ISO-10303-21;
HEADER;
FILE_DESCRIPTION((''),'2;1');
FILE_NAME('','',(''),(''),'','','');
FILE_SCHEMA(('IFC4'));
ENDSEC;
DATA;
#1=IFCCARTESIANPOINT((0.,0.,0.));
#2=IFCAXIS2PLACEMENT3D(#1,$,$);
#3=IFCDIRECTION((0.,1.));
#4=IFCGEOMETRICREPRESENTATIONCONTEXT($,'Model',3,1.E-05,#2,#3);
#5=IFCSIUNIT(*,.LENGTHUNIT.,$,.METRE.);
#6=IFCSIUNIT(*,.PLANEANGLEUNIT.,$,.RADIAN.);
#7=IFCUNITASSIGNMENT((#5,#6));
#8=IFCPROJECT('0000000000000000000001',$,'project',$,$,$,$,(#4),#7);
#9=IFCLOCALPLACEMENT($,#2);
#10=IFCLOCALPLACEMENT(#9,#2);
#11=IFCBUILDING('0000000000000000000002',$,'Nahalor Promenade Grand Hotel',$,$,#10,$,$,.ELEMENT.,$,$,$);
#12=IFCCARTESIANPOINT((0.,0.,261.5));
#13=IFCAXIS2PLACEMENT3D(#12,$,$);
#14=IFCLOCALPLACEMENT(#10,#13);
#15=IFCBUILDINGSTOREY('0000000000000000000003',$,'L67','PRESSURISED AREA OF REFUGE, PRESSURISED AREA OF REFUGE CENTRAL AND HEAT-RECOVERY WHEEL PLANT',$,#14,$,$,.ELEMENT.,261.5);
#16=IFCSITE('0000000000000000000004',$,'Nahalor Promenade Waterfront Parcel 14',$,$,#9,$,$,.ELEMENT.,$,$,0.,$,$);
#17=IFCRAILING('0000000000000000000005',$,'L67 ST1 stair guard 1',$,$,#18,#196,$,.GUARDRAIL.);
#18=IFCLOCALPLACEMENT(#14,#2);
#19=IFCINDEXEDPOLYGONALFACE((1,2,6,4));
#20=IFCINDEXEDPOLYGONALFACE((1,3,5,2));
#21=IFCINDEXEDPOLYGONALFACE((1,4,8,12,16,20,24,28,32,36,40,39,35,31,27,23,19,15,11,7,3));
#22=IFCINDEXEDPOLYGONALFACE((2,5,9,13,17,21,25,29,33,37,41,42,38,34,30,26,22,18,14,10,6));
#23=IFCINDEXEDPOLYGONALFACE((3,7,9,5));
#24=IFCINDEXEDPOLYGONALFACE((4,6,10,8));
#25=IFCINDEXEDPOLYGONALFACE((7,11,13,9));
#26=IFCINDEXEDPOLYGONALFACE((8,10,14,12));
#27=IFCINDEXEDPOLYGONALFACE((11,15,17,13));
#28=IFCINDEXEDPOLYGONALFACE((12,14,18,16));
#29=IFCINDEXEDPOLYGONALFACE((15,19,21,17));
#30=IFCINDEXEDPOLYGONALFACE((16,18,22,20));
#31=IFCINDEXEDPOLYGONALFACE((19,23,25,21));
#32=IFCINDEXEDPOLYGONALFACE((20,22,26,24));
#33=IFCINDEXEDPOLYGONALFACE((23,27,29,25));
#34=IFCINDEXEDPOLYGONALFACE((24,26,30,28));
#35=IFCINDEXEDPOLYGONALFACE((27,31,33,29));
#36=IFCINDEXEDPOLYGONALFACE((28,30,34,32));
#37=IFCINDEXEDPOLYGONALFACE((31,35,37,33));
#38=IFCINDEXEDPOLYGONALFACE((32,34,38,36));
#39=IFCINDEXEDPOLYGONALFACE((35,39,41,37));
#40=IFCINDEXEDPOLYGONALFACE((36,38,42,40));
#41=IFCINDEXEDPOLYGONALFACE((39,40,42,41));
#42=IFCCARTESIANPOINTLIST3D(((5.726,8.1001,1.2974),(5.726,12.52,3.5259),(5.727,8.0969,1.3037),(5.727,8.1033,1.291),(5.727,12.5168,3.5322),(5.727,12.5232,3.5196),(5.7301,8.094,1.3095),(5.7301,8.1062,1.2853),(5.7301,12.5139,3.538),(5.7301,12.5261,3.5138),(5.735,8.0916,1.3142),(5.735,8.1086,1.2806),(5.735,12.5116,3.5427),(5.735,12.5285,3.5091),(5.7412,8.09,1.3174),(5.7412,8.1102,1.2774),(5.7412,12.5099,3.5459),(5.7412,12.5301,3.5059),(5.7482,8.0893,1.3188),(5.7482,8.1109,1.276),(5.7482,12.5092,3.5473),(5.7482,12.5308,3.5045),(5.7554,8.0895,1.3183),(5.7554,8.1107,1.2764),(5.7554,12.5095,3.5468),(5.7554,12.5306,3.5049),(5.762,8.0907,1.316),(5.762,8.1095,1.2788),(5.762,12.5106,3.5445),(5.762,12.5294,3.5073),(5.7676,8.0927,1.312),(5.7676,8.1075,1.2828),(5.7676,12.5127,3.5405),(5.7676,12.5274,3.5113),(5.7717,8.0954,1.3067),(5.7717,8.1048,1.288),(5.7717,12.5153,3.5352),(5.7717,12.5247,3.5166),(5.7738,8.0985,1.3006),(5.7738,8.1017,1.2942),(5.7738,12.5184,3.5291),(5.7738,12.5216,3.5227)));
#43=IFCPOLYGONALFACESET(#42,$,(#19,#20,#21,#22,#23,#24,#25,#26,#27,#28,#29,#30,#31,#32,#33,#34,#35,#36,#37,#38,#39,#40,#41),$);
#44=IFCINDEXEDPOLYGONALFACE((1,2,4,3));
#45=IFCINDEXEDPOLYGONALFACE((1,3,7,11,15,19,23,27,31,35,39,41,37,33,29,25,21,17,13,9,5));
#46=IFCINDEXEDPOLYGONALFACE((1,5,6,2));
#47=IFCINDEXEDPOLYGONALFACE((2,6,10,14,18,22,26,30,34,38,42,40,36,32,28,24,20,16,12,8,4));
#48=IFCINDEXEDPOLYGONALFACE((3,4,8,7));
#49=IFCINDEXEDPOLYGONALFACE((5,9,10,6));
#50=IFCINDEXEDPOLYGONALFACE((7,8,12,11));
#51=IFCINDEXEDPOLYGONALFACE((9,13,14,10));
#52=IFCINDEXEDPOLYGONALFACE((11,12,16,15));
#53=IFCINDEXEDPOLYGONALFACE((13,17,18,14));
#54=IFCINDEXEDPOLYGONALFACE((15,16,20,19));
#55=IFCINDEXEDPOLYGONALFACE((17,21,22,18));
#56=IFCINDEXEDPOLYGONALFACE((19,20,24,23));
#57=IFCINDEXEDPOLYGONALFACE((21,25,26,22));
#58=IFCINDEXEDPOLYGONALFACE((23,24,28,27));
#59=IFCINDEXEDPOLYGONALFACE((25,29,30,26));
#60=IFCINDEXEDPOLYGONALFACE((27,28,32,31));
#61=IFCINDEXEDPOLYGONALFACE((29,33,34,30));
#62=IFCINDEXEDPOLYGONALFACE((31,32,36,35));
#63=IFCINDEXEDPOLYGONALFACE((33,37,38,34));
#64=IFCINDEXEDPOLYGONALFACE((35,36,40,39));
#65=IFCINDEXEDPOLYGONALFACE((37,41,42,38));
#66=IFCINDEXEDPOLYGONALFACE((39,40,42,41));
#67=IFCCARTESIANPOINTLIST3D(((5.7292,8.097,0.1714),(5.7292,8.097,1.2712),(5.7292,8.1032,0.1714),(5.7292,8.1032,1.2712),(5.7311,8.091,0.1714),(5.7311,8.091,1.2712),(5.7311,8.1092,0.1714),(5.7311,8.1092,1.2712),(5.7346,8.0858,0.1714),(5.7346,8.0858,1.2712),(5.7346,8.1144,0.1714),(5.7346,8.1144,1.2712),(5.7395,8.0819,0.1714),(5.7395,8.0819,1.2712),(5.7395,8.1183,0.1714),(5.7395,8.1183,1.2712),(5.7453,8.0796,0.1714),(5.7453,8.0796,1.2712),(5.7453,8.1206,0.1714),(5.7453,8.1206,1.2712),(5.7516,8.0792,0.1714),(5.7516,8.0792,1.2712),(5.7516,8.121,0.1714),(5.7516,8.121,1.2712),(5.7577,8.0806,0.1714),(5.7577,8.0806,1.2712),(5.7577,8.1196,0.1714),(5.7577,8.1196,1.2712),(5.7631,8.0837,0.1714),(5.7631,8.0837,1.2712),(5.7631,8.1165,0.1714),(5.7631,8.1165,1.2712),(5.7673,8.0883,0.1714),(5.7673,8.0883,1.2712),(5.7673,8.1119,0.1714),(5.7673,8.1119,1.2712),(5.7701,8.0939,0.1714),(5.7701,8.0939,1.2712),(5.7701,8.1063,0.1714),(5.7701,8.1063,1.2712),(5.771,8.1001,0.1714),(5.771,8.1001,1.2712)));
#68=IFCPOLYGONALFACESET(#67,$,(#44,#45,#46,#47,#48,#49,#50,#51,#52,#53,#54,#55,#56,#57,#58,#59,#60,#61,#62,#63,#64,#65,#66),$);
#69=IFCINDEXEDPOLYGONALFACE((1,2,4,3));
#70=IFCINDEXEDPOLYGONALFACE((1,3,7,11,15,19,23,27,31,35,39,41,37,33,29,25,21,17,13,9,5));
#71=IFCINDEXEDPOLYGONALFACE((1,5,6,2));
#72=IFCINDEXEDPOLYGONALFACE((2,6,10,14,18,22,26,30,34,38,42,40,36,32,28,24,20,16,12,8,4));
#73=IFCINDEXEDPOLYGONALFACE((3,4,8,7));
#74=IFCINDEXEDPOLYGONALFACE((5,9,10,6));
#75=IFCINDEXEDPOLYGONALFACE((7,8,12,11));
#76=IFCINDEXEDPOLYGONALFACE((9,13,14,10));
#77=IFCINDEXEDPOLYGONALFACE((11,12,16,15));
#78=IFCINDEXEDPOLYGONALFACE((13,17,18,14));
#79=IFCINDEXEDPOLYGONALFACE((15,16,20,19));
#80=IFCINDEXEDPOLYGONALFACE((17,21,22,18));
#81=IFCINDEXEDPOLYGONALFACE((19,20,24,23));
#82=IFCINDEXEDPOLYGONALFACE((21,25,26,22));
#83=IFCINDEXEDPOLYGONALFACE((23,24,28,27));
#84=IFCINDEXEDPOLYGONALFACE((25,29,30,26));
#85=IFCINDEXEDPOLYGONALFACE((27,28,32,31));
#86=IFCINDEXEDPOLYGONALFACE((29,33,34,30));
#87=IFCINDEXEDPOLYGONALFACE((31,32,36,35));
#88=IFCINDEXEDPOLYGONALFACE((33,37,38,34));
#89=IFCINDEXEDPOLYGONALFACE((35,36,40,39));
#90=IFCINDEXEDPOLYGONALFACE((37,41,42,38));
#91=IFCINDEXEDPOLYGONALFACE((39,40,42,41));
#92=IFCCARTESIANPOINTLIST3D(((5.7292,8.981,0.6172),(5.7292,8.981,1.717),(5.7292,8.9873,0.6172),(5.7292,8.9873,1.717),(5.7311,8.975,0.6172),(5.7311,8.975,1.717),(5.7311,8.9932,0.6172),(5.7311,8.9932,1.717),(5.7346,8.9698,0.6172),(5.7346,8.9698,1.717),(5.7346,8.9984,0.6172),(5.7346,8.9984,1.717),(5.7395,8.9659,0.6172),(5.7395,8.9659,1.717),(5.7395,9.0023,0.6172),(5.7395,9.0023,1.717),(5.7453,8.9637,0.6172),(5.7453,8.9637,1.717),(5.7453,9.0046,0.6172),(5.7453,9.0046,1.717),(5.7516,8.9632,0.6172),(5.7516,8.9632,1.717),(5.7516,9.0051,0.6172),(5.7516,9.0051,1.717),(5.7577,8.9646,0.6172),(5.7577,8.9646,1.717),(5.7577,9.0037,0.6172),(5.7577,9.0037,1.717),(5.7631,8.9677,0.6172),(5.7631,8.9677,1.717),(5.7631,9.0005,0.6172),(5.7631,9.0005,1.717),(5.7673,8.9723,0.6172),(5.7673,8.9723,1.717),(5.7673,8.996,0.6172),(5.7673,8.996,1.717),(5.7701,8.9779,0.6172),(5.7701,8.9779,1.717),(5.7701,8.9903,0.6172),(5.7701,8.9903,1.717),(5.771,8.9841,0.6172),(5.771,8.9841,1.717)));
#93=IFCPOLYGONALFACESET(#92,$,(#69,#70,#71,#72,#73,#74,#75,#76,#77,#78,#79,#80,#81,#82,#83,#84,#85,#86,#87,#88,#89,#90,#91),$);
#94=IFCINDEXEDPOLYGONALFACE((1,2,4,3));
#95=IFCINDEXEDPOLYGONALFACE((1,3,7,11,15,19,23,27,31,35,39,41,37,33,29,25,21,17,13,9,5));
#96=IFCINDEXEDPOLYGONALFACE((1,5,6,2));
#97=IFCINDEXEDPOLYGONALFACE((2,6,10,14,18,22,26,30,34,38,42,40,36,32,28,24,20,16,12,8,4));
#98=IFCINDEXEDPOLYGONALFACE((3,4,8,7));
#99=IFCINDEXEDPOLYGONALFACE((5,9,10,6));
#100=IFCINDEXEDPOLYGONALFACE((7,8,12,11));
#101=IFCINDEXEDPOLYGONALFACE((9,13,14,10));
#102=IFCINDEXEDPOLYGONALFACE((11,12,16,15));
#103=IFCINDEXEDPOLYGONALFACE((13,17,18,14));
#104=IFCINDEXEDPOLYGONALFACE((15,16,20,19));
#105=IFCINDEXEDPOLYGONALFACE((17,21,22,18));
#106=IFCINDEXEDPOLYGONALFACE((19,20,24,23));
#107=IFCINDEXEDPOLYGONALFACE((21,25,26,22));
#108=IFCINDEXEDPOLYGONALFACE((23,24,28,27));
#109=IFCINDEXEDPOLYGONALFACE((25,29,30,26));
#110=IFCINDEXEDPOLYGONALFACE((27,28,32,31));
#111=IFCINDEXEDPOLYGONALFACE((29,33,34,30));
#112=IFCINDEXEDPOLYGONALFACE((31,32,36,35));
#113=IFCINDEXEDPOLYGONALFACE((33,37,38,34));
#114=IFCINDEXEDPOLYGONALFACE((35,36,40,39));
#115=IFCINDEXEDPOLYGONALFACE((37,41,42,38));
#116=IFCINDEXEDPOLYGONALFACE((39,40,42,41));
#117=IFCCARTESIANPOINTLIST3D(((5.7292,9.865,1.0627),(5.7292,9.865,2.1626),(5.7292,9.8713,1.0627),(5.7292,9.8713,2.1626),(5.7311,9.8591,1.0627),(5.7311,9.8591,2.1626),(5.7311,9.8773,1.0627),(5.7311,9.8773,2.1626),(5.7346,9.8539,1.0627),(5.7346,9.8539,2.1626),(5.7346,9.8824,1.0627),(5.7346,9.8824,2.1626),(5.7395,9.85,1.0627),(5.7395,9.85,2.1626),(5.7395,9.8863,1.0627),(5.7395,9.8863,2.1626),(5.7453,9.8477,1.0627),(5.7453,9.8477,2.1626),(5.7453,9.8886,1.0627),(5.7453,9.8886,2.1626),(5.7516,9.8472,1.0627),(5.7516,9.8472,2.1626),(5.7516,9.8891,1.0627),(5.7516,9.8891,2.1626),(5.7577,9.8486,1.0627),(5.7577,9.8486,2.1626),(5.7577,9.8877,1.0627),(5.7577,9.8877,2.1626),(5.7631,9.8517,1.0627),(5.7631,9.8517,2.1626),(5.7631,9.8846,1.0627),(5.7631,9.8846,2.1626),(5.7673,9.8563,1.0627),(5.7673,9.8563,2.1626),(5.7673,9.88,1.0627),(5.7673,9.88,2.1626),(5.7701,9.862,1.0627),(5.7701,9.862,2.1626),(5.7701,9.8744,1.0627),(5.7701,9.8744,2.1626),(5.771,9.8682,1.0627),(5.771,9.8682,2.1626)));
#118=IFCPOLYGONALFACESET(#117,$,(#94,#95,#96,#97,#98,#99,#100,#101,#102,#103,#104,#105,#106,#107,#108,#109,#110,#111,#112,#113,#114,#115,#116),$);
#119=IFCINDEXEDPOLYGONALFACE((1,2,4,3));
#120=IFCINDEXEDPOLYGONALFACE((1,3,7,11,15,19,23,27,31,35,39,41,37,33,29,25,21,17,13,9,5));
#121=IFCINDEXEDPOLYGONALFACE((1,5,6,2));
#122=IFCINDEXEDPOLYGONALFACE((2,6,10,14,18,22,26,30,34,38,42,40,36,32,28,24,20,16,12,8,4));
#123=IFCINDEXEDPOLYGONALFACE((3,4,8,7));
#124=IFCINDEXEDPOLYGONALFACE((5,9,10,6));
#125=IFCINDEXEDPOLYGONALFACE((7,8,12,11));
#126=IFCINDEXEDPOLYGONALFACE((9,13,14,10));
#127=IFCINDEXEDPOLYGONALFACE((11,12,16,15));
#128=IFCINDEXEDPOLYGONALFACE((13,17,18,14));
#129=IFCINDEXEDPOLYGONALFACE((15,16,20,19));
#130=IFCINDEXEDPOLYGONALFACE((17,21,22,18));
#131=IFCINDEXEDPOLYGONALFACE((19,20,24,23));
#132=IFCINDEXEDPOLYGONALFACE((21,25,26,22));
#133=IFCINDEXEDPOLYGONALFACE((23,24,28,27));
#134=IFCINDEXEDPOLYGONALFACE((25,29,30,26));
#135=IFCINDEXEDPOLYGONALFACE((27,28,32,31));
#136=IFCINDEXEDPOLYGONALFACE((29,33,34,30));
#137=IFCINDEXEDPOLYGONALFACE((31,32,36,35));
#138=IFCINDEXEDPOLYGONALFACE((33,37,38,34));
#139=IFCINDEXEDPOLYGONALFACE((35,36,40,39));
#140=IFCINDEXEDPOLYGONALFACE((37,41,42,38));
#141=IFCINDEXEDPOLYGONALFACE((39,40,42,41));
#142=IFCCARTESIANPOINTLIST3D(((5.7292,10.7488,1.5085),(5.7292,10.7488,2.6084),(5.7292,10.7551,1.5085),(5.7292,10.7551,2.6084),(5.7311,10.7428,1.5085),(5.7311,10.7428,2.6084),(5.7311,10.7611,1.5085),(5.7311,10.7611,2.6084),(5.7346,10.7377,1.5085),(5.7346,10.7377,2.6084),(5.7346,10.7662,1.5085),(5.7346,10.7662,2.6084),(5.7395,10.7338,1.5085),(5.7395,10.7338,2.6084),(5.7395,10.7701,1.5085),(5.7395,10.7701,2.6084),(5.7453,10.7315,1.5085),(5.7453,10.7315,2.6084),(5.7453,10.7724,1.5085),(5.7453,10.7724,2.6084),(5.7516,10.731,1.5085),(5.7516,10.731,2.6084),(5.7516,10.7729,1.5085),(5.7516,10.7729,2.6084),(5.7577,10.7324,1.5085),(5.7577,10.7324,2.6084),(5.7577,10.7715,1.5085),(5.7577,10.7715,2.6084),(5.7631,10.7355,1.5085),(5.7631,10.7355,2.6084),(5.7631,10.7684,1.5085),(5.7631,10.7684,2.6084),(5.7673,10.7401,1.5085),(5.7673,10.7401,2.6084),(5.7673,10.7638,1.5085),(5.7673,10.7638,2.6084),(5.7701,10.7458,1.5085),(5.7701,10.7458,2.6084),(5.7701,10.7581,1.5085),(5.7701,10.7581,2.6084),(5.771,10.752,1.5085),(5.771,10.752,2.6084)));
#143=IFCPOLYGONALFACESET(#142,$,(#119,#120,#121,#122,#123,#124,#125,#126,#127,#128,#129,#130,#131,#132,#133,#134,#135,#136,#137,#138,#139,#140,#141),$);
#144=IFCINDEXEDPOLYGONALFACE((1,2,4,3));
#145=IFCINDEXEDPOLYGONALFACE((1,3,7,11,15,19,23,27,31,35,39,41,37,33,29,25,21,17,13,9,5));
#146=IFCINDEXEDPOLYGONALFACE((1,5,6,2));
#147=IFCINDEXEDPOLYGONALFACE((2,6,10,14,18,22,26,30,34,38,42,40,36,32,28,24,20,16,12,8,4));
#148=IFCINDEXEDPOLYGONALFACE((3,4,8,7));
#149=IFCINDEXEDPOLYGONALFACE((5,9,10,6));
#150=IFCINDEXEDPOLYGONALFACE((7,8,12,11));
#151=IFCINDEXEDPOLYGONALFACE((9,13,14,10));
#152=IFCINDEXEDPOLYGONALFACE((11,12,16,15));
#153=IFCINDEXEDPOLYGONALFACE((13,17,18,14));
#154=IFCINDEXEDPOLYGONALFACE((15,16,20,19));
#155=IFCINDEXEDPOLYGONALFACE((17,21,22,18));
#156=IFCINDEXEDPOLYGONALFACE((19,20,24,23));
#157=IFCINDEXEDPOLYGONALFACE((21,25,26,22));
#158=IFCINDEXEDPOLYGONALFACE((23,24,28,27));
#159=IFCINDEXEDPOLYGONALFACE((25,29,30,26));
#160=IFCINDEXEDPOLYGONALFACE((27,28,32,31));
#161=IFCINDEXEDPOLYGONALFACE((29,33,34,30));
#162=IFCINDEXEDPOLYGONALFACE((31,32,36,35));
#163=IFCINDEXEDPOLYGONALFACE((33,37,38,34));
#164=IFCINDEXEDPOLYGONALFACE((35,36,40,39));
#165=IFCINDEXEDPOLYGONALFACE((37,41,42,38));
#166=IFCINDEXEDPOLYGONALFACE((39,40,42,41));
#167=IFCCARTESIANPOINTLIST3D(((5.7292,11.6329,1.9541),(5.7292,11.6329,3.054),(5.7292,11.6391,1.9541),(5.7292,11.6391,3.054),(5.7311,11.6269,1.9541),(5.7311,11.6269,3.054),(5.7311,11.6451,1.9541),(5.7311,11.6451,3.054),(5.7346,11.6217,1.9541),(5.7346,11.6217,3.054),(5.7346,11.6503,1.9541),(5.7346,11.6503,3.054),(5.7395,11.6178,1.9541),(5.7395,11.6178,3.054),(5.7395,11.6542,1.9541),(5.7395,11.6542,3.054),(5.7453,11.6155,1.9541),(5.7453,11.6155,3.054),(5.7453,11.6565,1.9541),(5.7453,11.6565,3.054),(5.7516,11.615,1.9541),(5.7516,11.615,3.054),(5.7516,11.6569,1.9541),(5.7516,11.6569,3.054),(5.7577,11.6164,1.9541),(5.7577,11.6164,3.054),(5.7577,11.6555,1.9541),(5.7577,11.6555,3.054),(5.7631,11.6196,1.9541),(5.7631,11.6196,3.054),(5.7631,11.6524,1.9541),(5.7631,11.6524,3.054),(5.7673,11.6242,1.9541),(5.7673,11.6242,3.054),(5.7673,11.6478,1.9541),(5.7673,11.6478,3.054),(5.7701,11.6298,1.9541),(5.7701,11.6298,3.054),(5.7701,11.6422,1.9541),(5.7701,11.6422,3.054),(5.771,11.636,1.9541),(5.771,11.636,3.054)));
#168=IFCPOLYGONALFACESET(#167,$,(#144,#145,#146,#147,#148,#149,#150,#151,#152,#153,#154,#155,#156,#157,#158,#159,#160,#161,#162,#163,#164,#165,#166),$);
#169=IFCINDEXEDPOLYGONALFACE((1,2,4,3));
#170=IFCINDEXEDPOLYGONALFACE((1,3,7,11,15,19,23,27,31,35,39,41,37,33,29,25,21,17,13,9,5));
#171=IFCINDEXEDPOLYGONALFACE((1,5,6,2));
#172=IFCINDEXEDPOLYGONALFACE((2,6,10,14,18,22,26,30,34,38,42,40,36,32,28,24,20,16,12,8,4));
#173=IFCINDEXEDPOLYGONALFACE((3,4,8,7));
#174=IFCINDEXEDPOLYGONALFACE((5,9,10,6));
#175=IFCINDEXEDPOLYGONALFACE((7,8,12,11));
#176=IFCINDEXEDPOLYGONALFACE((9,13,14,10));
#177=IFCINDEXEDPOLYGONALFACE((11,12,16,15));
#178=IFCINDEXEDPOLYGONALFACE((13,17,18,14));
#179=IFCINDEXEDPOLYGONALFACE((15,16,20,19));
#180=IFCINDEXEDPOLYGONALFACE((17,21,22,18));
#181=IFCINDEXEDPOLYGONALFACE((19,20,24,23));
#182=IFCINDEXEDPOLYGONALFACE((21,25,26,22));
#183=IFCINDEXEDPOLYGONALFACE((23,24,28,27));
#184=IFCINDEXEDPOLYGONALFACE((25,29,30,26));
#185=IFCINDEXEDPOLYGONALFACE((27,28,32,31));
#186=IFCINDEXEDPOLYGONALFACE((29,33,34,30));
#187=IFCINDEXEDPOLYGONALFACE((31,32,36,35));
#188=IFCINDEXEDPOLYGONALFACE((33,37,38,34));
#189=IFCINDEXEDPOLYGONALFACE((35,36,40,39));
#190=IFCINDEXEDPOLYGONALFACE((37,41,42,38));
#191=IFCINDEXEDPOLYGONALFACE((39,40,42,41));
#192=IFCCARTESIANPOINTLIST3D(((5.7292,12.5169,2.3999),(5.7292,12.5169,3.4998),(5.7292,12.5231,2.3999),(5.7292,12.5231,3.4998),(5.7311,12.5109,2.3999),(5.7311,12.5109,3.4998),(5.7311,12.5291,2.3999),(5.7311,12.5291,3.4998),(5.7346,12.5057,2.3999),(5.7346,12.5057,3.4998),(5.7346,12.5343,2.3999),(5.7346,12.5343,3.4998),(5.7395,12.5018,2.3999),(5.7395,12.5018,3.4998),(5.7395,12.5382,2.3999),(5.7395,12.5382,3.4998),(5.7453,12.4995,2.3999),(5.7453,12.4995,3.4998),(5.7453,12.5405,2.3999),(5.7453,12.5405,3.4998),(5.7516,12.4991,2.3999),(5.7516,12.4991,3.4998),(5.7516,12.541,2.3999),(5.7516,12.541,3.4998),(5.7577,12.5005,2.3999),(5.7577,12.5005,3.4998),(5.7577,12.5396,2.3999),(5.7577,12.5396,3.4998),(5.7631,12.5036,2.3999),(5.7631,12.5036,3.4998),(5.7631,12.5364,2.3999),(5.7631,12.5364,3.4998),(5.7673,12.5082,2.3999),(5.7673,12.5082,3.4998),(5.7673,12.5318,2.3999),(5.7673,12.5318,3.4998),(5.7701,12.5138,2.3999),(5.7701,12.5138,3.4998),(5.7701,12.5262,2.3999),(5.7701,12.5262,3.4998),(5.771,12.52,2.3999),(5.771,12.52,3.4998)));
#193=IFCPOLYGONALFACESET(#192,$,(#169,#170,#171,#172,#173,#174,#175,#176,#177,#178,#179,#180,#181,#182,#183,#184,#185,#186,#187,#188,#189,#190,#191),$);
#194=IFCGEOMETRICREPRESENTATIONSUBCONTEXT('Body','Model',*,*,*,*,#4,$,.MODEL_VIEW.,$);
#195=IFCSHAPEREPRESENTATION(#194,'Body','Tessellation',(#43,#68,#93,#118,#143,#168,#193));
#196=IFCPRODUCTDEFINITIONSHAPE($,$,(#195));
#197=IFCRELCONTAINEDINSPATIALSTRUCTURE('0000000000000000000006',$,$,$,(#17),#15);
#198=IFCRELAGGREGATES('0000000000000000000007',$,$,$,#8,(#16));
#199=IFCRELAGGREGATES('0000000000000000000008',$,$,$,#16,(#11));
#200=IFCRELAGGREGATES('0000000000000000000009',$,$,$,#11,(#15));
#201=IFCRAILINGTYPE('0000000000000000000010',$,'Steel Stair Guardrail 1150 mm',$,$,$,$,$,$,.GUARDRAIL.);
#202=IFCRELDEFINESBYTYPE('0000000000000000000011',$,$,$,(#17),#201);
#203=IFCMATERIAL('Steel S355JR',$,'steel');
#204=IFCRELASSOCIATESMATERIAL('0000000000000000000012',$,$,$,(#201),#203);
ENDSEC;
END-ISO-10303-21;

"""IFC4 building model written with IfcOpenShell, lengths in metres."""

from ifc_helpers import new_model, si_unit, direction, frame, origin, origin_2d, place, context, subcontext, project, spatial, circle, extrude, material, type_object, element, save


model = new_model("IFC4")

# Units and contexts
model_context = context("Model", 3, precision=1e-05, world=origin(), true_north=direction((0.0, 1.0)))
body_context = subcontext(model_context, "Body", "Model", "MODEL_VIEW")
ifc_project = project(units=[si_unit("LENGTHUNIT", "METRE"), si_unit("PLANEANGLEUNIT", "RADIAN")], contexts=[model_context])

# Site, building, storey
site_placement = place(None, origin())
site = spatial("IfcSite", under=ifc_project, at=site_placement, Name="Nahalor Promenade Waterfront Parcel 14", CompositionType="ELEMENT", RefElevation=0.0)
building_placement = place(site_placement, origin())
building = spatial("IfcBuilding", under=site, at=building_placement, Name="Nahalor Promenade Grand Hotel", CompositionType="ELEMENT")
storey_placement = place(building_placement, frame((0.0, 0.0, 261.5)))
storey = spatial("IfcBuildingStorey", under=building, at=storey_placement, Name="L67", Description="PRESSURISED AREA OF REFUGE, PRESSURISED AREA OF REFUGE CENTRAL AND HEAT-RECOVERY WHEEL PLANT", CompositionType="ELEMENT", Elevation=261.5)

# Shared definitions
ifc_material_1 = material(Name="Steel S355JR", Category="steel")

# Railing
railing_type_1 = type_object("IfcRailingType", Name="Steel Stair Guardrail 1150 mm", PredefinedType="GUARDRAIL", material=ifc_material_1)
railing_1_placement = place(storey_placement, frame((5.75, 8.1001, 0.1714)))
element("IfcRailing", 1, at=railing_1_placement, inside=storey, type_object=railing_type_1, Name="L67 ST1 stair guard 1", PredefinedType="GUARDRAIL", context=body_context, shape_type="SweptSolid", body=[
    extrude(circle(Radius=0.024, at=origin_2d()), frame((0.0, 0.0, 1.126), z_axis=(0.0, 0.892923, 0.45021), x_axis=(-1.0, 0.0, 0.0)), (0.0, 0.0, 1.0), 4.95),
    extrude(circle(Radius=0.021, at=origin_2d()), origin(), (0.0, 0.0, 1.0), 1.0999),
    extrude(circle(Radius=0.021, at=origin_2d()), frame((0.0, 0.884, 0.4458)), (0.0, 0.0, 1.0), 1.0999),
    extrude(circle(Radius=0.021, at=origin_2d()), frame((0.0, 1.7681, 0.8914)), (0.0, 0.0, 1.0), 1.0999),
    extrude(circle(Radius=0.021, at=origin_2d()), frame((0.0, 2.6519, 1.3372)), (0.0, 0.0, 1.0), 1.0999),
    extrude(circle(Radius=0.021, at=origin_2d()), frame((0.0, 3.5359, 1.7827)), (0.0, 0.0, 1.0), 1.0999),
    extrude(circle(Radius=0.021, at=origin_2d()), frame((0.0, 4.4199, 2.2285)), (0.0, 0.0, 1.0), 1.0999),
])

save(model, "model.ifc")
